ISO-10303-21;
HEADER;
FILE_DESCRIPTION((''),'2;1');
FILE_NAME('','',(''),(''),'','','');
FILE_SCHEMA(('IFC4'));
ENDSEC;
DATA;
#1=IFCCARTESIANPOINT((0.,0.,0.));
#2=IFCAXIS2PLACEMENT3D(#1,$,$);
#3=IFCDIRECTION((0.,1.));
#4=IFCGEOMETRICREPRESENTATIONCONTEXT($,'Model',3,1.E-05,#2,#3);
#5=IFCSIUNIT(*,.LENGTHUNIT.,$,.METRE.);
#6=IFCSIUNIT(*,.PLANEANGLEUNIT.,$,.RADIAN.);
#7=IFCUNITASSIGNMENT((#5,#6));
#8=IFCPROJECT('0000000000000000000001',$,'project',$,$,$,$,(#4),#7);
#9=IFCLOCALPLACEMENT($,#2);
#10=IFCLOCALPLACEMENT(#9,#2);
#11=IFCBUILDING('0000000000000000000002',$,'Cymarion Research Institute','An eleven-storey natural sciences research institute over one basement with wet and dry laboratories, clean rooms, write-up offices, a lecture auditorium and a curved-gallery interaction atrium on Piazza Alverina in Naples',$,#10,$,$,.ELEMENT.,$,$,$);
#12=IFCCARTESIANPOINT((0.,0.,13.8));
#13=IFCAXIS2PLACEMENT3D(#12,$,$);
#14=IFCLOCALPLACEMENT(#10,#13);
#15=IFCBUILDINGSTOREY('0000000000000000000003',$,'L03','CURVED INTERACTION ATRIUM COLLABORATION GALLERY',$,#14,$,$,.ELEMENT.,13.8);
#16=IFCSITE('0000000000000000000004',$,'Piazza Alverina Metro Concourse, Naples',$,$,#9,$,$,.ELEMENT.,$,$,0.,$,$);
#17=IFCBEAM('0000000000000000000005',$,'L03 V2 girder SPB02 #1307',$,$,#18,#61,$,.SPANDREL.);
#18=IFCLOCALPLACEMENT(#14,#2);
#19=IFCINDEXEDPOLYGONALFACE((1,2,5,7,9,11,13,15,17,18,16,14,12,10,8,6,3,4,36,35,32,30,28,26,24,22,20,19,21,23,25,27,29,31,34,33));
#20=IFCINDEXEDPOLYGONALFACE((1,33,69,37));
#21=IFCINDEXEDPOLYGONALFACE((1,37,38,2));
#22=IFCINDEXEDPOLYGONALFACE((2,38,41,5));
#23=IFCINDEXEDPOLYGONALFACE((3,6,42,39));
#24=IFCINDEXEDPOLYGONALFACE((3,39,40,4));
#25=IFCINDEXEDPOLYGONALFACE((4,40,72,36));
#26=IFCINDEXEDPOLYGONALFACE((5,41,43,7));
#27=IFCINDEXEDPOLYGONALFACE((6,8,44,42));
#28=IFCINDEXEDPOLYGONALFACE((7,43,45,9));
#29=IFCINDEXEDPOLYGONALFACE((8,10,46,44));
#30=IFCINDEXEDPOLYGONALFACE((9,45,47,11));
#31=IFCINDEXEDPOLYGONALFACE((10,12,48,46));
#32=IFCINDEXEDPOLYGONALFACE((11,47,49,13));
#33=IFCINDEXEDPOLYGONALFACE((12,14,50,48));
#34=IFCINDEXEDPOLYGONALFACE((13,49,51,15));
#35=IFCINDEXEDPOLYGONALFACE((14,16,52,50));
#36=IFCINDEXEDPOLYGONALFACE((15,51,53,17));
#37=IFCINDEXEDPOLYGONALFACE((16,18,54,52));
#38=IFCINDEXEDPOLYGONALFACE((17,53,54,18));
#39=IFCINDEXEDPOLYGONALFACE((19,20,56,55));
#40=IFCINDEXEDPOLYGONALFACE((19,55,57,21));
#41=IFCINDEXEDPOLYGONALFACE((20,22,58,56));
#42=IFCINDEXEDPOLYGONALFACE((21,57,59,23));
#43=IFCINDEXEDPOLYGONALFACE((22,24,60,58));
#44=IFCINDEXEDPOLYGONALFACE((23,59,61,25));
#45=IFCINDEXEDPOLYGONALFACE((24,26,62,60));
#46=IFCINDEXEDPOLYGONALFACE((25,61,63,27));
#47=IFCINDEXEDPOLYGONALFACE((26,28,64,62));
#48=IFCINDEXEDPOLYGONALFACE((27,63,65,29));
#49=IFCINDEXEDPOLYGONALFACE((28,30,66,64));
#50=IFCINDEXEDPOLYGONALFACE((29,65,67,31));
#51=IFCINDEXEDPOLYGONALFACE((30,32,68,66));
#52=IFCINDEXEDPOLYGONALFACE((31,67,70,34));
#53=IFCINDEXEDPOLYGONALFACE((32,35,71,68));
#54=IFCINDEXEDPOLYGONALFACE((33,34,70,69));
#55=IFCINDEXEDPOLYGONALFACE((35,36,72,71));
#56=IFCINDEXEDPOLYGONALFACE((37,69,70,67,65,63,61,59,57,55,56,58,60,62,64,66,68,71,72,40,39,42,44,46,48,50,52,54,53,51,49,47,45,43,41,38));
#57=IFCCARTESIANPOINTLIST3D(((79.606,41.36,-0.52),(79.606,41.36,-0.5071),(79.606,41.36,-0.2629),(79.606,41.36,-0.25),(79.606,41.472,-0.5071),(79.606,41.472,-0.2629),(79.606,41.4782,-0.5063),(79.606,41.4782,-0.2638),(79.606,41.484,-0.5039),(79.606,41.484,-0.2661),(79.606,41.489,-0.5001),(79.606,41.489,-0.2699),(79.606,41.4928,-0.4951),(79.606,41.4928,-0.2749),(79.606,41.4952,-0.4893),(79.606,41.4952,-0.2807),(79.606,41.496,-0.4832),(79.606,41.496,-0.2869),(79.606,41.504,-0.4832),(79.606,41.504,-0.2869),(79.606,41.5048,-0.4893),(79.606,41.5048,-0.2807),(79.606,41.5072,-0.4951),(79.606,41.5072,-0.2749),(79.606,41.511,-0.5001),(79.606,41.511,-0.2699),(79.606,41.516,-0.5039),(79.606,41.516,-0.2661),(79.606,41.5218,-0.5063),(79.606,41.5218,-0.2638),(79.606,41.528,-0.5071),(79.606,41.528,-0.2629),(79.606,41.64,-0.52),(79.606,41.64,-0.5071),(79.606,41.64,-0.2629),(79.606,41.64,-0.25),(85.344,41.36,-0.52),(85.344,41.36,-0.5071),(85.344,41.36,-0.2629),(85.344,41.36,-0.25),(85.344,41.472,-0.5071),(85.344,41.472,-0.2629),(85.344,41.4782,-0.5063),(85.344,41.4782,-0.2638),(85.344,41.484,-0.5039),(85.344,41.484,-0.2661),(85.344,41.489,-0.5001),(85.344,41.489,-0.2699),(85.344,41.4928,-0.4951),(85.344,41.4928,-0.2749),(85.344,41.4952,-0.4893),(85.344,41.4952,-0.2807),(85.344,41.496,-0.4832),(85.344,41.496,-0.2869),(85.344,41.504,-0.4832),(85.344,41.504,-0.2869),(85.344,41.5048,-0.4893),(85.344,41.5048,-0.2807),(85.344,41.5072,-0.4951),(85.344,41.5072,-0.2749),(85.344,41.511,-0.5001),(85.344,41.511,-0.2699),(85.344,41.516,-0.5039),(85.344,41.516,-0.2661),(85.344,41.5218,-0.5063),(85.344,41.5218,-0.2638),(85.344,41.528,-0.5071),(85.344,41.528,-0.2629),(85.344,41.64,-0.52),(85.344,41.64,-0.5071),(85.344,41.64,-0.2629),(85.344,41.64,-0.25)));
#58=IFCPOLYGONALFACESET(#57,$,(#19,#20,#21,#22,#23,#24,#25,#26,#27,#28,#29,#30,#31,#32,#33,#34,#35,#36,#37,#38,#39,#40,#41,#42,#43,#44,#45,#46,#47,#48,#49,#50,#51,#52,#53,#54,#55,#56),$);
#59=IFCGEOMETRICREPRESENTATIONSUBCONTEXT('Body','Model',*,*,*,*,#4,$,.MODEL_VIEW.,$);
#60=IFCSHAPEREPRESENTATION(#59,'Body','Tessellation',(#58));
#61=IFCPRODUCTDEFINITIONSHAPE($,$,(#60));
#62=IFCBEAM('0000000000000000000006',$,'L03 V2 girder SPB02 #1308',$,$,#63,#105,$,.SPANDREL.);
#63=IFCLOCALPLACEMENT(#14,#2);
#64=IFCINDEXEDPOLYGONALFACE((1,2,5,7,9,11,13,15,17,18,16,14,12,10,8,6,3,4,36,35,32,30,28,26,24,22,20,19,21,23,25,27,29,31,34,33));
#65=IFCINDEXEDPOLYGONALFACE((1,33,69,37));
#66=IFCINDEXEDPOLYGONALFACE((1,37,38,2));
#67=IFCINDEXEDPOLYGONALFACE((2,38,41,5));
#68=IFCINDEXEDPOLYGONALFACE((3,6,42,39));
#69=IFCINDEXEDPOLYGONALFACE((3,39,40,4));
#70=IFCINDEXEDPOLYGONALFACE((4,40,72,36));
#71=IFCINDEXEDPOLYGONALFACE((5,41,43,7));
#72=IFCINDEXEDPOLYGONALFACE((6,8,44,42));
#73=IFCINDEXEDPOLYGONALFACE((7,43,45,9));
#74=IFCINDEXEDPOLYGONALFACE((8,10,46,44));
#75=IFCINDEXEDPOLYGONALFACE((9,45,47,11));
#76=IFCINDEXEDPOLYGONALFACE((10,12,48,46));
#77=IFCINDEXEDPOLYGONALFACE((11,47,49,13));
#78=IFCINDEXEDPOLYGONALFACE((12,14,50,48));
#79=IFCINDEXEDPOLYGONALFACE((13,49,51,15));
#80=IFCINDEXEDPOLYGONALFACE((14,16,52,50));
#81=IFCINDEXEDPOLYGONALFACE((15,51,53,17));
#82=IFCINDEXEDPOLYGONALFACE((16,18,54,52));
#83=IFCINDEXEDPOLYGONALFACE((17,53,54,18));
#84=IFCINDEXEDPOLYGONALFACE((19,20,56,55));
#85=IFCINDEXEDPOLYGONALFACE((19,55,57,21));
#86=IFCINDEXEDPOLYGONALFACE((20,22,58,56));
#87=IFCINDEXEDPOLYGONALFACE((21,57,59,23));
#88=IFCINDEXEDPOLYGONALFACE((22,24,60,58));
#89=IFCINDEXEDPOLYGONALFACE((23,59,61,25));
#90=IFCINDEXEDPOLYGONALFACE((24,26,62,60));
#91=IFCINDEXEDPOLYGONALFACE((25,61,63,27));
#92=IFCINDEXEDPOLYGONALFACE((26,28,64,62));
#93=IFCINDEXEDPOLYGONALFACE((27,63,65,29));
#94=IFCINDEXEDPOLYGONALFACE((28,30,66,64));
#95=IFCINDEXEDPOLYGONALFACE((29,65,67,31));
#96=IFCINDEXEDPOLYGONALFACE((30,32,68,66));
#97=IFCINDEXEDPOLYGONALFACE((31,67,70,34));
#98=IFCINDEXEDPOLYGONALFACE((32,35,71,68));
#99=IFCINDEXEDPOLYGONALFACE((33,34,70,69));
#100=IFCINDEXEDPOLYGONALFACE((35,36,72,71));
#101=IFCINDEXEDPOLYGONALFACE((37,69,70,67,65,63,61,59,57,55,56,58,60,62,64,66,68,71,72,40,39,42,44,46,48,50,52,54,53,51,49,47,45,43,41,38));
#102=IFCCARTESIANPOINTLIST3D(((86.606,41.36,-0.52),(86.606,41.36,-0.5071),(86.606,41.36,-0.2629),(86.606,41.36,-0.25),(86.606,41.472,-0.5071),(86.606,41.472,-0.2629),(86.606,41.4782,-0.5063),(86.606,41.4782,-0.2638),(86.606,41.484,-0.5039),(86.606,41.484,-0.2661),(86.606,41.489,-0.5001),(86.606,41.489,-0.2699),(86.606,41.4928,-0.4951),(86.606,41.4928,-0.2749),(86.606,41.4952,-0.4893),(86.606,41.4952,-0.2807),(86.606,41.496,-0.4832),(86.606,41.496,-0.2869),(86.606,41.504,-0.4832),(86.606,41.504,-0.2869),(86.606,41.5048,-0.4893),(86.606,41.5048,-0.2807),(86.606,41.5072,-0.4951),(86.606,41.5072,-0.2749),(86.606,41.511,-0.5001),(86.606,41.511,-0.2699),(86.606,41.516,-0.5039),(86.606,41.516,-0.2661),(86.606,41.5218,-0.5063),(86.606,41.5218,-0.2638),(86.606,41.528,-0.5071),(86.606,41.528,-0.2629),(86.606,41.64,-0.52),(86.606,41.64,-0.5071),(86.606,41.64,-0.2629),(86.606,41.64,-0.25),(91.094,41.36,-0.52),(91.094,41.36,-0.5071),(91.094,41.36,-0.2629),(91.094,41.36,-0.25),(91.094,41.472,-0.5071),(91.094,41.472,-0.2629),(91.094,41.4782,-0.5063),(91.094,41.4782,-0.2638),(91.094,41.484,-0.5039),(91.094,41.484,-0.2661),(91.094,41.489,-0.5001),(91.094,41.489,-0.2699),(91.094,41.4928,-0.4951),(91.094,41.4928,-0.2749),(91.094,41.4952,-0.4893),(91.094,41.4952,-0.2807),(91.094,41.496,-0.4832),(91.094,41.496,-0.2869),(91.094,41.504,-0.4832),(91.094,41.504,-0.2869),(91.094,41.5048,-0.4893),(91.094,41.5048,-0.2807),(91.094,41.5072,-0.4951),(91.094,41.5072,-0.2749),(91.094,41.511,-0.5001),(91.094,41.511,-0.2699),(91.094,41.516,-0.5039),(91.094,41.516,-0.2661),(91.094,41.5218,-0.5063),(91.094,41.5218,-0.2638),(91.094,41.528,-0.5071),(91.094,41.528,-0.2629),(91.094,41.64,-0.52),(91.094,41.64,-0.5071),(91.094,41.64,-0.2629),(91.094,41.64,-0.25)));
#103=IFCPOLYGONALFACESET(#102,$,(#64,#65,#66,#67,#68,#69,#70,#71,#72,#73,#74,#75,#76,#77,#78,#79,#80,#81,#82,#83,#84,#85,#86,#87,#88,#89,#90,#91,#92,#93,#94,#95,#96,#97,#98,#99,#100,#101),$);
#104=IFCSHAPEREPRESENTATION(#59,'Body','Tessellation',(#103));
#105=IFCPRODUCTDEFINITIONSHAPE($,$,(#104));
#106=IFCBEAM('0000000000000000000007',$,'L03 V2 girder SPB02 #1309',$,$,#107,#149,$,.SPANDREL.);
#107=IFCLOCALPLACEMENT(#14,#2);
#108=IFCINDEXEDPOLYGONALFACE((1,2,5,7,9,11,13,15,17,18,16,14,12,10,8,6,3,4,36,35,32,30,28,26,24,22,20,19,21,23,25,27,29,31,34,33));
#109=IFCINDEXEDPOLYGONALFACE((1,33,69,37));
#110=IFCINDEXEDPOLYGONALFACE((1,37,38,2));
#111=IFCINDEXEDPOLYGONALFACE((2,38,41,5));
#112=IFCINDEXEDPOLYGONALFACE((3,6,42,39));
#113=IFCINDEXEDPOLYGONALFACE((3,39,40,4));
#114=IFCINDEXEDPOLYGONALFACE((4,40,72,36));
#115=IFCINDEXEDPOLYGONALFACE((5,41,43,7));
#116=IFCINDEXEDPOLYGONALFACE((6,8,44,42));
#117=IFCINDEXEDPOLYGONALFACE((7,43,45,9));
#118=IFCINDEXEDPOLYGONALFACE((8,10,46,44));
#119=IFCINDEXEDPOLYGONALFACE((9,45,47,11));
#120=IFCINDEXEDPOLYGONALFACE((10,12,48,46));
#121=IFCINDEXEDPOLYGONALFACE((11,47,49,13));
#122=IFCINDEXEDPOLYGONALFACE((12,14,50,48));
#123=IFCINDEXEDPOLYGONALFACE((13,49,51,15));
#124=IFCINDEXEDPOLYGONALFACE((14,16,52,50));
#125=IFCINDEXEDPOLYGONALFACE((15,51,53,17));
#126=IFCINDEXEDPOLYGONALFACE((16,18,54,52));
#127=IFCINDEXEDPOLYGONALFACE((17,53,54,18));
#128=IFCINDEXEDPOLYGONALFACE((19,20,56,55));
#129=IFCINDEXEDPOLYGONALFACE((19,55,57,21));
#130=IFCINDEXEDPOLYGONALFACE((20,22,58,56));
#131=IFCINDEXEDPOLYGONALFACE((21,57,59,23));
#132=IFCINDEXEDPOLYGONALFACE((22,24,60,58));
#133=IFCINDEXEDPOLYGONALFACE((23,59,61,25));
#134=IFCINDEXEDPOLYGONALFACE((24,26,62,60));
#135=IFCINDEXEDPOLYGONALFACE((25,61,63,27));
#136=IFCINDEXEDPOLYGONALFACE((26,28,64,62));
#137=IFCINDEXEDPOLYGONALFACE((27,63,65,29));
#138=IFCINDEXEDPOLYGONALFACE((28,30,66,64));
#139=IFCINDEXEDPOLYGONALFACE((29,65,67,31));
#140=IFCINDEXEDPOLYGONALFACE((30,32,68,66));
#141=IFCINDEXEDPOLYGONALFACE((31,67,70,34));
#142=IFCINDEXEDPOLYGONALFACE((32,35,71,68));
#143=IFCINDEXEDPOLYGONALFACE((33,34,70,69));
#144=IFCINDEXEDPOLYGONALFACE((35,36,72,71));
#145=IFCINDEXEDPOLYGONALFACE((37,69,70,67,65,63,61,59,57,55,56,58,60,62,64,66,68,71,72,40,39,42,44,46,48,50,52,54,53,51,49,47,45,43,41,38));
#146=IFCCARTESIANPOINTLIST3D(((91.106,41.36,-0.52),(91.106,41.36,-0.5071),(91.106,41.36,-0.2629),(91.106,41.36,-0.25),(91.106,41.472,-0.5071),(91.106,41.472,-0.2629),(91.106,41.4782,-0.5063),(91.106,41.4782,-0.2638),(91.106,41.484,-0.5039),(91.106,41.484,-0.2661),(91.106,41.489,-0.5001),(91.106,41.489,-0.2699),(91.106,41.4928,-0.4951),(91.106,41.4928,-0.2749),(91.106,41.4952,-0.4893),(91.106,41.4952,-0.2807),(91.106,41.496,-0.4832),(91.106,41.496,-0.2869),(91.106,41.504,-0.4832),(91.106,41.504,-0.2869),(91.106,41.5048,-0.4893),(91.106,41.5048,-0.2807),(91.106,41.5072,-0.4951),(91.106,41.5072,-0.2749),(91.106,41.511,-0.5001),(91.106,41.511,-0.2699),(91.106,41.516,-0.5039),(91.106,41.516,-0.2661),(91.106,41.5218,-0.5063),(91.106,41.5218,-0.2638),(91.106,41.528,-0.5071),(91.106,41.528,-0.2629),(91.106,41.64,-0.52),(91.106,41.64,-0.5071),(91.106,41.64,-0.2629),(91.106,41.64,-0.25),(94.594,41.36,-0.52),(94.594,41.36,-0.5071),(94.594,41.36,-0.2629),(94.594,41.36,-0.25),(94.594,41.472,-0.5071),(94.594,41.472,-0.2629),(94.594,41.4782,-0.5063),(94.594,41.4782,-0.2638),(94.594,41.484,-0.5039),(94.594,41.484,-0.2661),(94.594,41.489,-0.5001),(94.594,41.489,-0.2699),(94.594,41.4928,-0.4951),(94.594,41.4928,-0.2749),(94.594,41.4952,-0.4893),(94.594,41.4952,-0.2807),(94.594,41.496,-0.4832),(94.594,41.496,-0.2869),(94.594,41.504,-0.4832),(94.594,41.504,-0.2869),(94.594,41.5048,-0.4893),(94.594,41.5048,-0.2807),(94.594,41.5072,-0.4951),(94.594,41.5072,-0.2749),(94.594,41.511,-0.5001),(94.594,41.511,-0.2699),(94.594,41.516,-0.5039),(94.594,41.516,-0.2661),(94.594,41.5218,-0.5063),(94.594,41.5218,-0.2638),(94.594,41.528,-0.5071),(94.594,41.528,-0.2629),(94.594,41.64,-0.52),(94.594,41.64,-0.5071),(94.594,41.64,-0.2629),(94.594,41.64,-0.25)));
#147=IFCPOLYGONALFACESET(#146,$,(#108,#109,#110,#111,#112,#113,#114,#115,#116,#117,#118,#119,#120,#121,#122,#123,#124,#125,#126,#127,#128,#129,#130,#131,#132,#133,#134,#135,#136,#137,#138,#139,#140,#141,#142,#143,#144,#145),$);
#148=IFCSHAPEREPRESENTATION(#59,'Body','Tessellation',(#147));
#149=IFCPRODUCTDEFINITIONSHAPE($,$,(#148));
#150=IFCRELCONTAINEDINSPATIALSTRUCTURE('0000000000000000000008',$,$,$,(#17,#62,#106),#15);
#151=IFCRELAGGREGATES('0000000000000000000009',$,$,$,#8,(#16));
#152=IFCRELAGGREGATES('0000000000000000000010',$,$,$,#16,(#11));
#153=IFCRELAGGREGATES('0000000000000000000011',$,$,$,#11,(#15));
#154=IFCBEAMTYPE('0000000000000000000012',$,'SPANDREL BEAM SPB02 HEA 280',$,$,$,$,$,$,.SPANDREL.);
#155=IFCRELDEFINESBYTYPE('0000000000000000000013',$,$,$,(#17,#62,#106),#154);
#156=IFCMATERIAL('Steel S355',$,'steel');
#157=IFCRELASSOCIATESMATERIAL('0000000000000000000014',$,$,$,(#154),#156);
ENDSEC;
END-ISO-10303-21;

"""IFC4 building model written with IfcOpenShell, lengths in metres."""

from ifc_helpers import new_model, si_unit, direction, frame, origin, origin_2d, place, context, subcontext, project, spatial, i_section, extrude, material, material_profile, profile_set, type_object, element, save


model = new_model("IFC4")

# Units and contexts
model_context = context("Model", 3, precision=1e-05, world=origin(), true_north=direction((0.0, 1.0)))
body_context = subcontext(model_context, "Body", "Model", "MODEL_VIEW")
ifc_project = project(units=[si_unit("LENGTHUNIT", "METRE"), si_unit("PLANEANGLEUNIT", "RADIAN")], contexts=[model_context])

# Site, building, storey
site_placement = place(None, origin())
site = spatial("IfcSite", under=ifc_project, at=site_placement, Name="Piazza Alverina Metro Concourse, Naples", CompositionType="ELEMENT", RefElevation=0.0)
building_placement = place(site_placement, origin())
building = spatial("IfcBuilding", under=site, at=building_placement, Name="Cymarion Research Institute", Description="An eleven-storey natural sciences research institute over one basement with wet and dry laboratories, clean rooms, write-up offices, a lecture auditorium and a curved-gallery interaction atrium on Piazza Alverina in Naples", CompositionType="ELEMENT")
storey_placement = place(building_placement, frame((0.0, 0.0, 13.8)))
storey = spatial("IfcBuildingStorey", under=building, at=storey_placement, Name="L03", Description="CURVED INTERACTION ATRIUM COLLABORATION GALLERY", CompositionType="ELEMENT", Elevation=13.8)

# Shared definitions
ifc_material_1 = material(Name="Steel S355", Category="steel")

# Beams
ifc_material_profile_1 = material_profile(ifc_material_1, i_section(OverallWidth=0.28, OverallDepth=0.27, WebThickness=0.0081, FlangeThickness=0.0129, FilletRadius=0.0239, at=origin_2d()), Name="HEA 280")
ifc_profile_set_1 = profile_set([ifc_material_profile_1], Name="Steel S355")
beam_type = type_object("IfcBeamType", Name="SPANDREL BEAM SPB02 HEA 280", PredefinedType="SPANDREL", material=ifc_profile_set_1)
beam_1_placement = place(storey_placement, frame((79.606, 41.5, -0.385), z_axis=(1.0, 0.0, 0.0), x_axis=(0.0, 1.0, 0.0)))
element("IfcBeam", 1, at=beam_1_placement, inside=storey, type_object=beam_type, Name="L03 V2 girder SPB02 #1307", PredefinedType="SPANDREL", context=body_context, shape_type="SweptSolid", body=[
    extrude(i_section(OverallWidth=0.28, OverallDepth=0.27, WebThickness=0.0081, FlangeThickness=0.0129, FilletRadius=0.0239, at=origin_2d()), origin(), (0.0, 0.0, 1.0), 5.738),
])
beam_2_placement = place(storey_placement, frame((86.606, 41.5, -0.385), z_axis=(1.0, 0.0, 0.0), x_axis=(0.0, 1.0, 0.0)))
element("IfcBeam", 2, at=beam_2_placement, inside=storey, type_object=beam_type, Name="L03 V2 girder SPB02 #1308", PredefinedType="SPANDREL", context=body_context, shape_type="SweptSolid", body=[
    extrude(i_section(OverallWidth=0.28, OverallDepth=0.27, WebThickness=0.0081, FlangeThickness=0.0129, FilletRadius=0.0239, at=origin_2d()), origin(), (0.0, 0.0, 1.0), 4.488),
])
beam_3_placement = place(storey_placement, frame((91.106, 41.5, -0.385), z_axis=(1.0, 0.0, 0.0), x_axis=(0.0, 1.0, 0.0)))
element("IfcBeam", 3, at=beam_3_placement, inside=storey, type_object=beam_type, Name="L03 V2 girder SPB02 #1309", PredefinedType="SPANDREL", context=body_context, shape_type="SweptSolid", body=[
    extrude(i_section(OverallWidth=0.28, OverallDepth=0.27, WebThickness=0.0081, FlangeThickness=0.0129, FilletRadius=0.0239, at=origin_2d()), origin(), (0.0, 0.0, 1.0), 3.488),
])

save(model, "model.ifc")
